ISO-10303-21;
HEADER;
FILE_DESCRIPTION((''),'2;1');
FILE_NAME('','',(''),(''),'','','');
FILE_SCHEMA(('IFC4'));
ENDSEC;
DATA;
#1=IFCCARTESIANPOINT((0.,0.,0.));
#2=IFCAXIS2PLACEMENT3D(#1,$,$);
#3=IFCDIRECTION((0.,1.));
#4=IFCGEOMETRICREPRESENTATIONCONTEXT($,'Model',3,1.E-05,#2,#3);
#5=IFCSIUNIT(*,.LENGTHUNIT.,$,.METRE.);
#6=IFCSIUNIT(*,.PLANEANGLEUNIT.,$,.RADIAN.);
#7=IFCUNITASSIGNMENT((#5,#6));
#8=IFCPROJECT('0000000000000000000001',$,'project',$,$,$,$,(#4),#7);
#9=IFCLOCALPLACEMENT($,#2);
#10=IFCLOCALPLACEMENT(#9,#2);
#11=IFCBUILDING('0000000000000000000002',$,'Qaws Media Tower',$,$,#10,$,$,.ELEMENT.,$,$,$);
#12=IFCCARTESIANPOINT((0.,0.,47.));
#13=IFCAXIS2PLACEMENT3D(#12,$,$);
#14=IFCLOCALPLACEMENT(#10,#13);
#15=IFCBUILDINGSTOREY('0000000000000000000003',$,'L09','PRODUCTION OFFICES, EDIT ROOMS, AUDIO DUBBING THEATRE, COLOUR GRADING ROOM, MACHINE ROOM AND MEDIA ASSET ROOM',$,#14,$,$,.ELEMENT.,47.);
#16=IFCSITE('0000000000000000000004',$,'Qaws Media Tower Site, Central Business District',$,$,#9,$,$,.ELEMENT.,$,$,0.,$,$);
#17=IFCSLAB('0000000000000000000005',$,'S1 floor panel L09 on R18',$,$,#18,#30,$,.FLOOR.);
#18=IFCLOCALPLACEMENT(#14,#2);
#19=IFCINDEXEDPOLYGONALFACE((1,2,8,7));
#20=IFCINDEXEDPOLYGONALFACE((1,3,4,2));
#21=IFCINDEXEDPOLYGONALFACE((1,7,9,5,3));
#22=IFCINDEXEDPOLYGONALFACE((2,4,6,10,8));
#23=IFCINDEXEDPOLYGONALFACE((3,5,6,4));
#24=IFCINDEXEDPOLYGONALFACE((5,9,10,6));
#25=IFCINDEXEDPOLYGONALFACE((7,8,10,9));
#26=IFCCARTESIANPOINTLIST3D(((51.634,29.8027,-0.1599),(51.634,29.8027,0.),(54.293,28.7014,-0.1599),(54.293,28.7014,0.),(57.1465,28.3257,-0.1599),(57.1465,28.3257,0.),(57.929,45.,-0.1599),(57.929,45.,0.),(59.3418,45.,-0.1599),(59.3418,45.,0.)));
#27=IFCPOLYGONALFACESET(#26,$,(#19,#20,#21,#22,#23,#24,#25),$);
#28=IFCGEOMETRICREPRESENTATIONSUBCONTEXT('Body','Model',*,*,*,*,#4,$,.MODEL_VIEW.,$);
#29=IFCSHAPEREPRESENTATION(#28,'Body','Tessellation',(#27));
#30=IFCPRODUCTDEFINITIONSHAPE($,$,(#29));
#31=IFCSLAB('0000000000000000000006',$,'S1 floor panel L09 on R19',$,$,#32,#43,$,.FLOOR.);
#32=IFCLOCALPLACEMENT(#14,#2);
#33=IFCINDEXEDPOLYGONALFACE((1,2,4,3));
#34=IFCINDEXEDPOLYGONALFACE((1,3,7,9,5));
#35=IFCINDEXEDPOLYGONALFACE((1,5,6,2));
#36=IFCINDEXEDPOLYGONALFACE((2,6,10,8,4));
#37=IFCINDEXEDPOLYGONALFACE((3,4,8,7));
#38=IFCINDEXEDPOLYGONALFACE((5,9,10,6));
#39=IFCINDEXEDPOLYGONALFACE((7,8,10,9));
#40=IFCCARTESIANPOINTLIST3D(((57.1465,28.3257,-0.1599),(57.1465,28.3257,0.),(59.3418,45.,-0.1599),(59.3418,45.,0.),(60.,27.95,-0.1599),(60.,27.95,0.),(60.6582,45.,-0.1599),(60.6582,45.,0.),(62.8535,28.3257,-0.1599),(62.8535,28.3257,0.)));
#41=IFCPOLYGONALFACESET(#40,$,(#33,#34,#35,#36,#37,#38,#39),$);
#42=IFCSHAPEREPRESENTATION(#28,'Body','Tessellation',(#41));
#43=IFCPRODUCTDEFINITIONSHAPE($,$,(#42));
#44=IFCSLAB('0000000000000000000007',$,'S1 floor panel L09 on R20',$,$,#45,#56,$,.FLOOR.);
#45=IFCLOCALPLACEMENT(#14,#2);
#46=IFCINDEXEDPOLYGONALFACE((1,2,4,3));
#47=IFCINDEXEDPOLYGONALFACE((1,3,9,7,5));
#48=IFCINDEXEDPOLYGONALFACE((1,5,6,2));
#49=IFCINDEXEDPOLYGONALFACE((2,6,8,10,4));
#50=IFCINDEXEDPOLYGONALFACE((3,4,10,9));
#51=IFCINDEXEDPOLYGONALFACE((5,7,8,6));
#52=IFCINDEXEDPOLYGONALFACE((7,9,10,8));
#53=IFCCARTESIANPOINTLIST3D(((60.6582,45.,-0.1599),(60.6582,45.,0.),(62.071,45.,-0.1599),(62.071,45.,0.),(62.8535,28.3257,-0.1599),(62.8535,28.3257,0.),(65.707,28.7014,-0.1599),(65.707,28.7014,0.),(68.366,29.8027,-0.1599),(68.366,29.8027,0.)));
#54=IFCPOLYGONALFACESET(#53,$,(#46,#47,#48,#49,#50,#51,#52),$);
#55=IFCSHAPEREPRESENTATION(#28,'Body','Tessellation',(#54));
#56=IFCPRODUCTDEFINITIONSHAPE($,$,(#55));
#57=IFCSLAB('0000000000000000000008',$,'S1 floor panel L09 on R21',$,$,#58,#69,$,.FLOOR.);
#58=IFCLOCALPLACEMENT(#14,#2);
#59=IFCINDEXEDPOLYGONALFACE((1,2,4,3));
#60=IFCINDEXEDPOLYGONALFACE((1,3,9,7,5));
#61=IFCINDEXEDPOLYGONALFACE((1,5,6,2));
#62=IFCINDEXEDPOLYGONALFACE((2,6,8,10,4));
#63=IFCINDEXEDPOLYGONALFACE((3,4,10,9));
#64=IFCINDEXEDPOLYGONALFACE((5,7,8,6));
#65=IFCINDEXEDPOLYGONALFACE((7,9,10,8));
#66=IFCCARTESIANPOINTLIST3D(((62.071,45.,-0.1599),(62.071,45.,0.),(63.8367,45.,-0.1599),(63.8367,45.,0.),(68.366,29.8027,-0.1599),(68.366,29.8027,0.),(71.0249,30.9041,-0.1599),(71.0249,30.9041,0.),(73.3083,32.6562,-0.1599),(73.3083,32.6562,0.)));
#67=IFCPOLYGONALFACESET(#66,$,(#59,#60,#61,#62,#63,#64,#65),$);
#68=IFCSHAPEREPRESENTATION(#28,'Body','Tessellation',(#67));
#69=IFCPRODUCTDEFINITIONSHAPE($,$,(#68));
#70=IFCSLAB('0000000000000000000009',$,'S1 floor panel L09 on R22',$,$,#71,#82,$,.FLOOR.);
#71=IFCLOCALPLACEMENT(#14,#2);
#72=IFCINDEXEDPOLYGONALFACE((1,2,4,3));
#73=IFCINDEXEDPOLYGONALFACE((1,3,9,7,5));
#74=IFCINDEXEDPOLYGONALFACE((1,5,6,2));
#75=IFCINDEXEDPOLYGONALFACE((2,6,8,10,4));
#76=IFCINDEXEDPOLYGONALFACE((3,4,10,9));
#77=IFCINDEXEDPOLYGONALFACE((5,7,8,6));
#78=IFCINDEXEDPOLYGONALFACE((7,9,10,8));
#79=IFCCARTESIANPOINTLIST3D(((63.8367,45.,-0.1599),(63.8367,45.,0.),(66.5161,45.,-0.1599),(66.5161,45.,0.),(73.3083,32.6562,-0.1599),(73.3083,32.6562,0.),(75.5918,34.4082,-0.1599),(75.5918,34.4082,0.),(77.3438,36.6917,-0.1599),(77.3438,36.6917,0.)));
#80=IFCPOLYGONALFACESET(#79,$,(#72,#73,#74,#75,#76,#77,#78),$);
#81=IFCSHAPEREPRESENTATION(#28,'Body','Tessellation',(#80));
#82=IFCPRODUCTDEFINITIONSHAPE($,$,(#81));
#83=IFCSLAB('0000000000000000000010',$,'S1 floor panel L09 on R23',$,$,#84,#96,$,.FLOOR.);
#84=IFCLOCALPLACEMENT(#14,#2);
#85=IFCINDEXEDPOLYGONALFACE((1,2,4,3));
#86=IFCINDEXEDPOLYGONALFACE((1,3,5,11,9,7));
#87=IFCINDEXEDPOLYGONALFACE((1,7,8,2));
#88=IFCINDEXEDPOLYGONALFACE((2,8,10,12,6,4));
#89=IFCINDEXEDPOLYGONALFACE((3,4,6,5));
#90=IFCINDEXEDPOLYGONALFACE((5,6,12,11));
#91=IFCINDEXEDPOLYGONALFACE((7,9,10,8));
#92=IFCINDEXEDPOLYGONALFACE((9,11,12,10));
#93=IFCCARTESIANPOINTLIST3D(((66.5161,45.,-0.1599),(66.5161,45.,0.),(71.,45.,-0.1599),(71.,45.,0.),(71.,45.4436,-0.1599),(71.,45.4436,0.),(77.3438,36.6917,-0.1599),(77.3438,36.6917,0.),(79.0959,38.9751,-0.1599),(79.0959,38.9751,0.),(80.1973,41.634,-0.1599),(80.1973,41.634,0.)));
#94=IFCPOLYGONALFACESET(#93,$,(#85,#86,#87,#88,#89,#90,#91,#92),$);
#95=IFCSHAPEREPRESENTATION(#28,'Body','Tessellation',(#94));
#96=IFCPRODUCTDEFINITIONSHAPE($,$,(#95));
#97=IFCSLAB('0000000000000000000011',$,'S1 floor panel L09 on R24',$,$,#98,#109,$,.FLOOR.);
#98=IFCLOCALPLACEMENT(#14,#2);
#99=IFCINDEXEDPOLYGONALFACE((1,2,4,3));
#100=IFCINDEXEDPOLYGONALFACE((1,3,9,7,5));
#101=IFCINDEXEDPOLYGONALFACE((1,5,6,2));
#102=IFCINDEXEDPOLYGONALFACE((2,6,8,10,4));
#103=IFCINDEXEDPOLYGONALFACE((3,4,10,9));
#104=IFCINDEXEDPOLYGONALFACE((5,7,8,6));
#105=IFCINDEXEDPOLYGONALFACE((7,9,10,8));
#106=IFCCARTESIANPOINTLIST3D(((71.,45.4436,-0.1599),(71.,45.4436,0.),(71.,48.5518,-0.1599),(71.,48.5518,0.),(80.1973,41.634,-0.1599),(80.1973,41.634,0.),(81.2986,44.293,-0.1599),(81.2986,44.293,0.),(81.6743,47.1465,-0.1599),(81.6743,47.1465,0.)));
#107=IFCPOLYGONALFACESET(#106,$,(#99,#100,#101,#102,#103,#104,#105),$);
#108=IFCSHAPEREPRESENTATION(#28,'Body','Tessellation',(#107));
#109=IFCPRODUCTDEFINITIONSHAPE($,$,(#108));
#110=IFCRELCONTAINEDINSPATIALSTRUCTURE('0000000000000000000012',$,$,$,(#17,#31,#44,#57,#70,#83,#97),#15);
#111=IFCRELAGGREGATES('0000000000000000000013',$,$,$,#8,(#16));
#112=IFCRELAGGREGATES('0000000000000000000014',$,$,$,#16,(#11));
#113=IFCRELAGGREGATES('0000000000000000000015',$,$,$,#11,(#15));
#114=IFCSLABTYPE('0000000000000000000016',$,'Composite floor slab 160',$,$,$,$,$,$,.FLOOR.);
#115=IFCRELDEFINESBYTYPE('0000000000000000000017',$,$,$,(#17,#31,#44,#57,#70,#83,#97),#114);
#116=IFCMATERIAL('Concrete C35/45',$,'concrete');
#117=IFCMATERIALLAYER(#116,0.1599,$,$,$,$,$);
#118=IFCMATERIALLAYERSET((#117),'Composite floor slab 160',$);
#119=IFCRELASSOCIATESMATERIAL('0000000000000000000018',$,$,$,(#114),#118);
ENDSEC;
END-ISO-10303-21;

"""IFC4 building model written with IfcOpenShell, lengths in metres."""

from ifc_helpers import new_model, si_unit, direction, frame, origin, place, context, subcontext, project, spatial, polyline, outline, extrude, material, layer, layer_set, type_object, element, save


model = new_model("IFC4")

# Units and contexts
model_context = context("Model", 3, precision=1e-05, world=origin(), true_north=direction((0.0, 1.0)))
body_context = subcontext(model_context, "Body", "Model", "MODEL_VIEW")
ifc_project = project(units=[si_unit("LENGTHUNIT", "METRE"), si_unit("PLANEANGLEUNIT", "RADIAN")], contexts=[model_context])

# Site, building, storey
site_placement = place(None, origin())
site = spatial("IfcSite", under=ifc_project, at=site_placement, Name="Qaws Media Tower Site, Central Business District", CompositionType="ELEMENT", RefElevation=0.0)
building_placement = place(site_placement, origin())
building = spatial("IfcBuilding", under=site, at=building_placement, Name="Qaws Media Tower", CompositionType="ELEMENT")
storey_placement = place(building_placement, frame((0.0, 0.0, 47.0)))
storey = spatial("IfcBuildingStorey", under=building, at=storey_placement, Name="L09", Description="PRODUCTION OFFICES, EDIT ROOMS, AUDIO DUBBING THEATRE, COLOUR GRADING ROOM, MACHINE ROOM AND MEDIA ASSET ROOM", CompositionType="ELEMENT", Elevation=47.0)

# Slabs
ifc_material_1 = material(Name="Concrete C35/45", Category="concrete")
ifc_layer_1 = layer(ifc_material_1, 0.1599)
ifc_layer_set_1 = layer_set([ifc_layer_1], Name="Composite floor slab 160")
slab_type_1 = type_object("IfcSlabType", Name="Composite floor slab 160", PredefinedType="FLOOR", material=ifc_layer_set_1)
slab_1_placement = place(storey_placement, frame((0.0, 0.0, -0.1599)))
element("IfcSlab", 1, at=slab_1_placement, inside=storey, type_object=slab_type_1, Name="S1 floor panel L09 on R18", PredefinedType="FLOOR", context=body_context, shape_type="SweptSolid", body=[
    extrude(outline(polyline([(54.293, 28.7014), (51.634, 29.8027), (57.929, 45.0), (59.3418, 45.0), (57.1465, 28.3257), (54.293, 28.7014)])), origin(), (0.0, 0.0, 1.0), 0.1599),
])
slab_2_placement = place(storey_placement, frame((0.0, 0.0, -0.1599)))
element("IfcSlab", 2, at=slab_2_placement, inside=storey, type_object=slab_type_1, Name="S1 floor panel L09 on R19", PredefinedType="FLOOR", context=body_context, shape_type="SweptSolid", body=[
    extrude(outline(polyline([(60.0, 27.95), (57.1465, 28.3257), (59.3418, 45.0), (60.6582, 45.0), (62.8535, 28.3257), (60.0, 27.95)])), origin(), (0.0, 0.0, 1.0), 0.1599),
])
slab_3_placement = place(storey_placement, frame((0.0, 0.0, -0.1599)))
element("IfcSlab", 3, at=slab_3_placement, inside=storey, type_object=slab_type_1, Name="S1 floor panel L09 on R20", PredefinedType="FLOOR", context=body_context, shape_type="SweptSolid", body=[
    extrude(outline(polyline([(65.707, 28.7014), (62.8535, 28.3257), (60.6582, 45.0), (62.071, 45.0), (68.366, 29.8027), (65.707, 28.7014)])), origin(), (0.0, 0.0, 1.0), 0.1599),
])
slab_4_placement = place(storey_placement, frame((0.0, 0.0, -0.1599)))
element("IfcSlab", 4, at=slab_4_placement, inside=storey, type_object=slab_type_1, Name="S1 floor panel L09 on R21", PredefinedType="FLOOR", context=body_context, shape_type="SweptSolid", body=[
    extrude(outline(polyline([(71.0249, 30.9041), (68.366, 29.8027), (62.071, 45.0), (63.8367, 45.0), (73.3083, 32.6562), (71.0249, 30.9041)])), origin(), (0.0, 0.0, 1.0), 0.1599),
])
slab_5_placement = place(storey_placement, frame((0.0, 0.0, -0.1599)))
element("IfcSlab", 5, at=slab_5_placement, inside=storey, type_object=slab_type_1, Name="S1 floor panel L09 on R22", PredefinedType="FLOOR", context=body_context, shape_type="SweptSolid", body=[
    extrude(outline(polyline([(75.5918, 34.4082), (73.3083, 32.6562), (63.8367, 45.0), (66.5161, 45.0), (77.3438, 36.6917), (75.5918, 34.4082)])), origin(), (0.0, 0.0, 1.0), 0.1599),
])
slab_6_placement = place(storey_placement, frame((0.0, 0.0, -0.1599)))
element("IfcSlab", 6, at=slab_6_placement, inside=storey, type_object=slab_type_1, Name="S1 floor panel L09 on R23", PredefinedType="FLOOR", context=body_context, shape_type="SweptSolid", body=[
    extrude(outline(polyline([(79.0959, 38.9751), (77.3438, 36.6917), (66.5161, 45.0), (71.0, 45.0), (71.0, 45.4436), (80.1973, 41.634), (79.0959, 38.9751)])), origin(), (0.0, 0.0, 1.0), 0.1599),
])
slab_7_placement = place(storey_placement, frame((0.0, 0.0, -0.1599)))
element("IfcSlab", 7, at=slab_7_placement, inside=storey, type_object=slab_type_1, Name="S1 floor panel L09 on R24", PredefinedType="FLOOR", context=body_context, shape_type="SweptSolid", body=[
    extrude(outline(polyline([(80.1973, 41.634), (71.0, 45.4436), (71.0, 48.5518), (81.6743, 47.1465), (81.2986, 44.293), (80.1973, 41.634)])), origin(), (0.0, 0.0, 1.0), 0.1599),
])

save(model, "model.ifc")
